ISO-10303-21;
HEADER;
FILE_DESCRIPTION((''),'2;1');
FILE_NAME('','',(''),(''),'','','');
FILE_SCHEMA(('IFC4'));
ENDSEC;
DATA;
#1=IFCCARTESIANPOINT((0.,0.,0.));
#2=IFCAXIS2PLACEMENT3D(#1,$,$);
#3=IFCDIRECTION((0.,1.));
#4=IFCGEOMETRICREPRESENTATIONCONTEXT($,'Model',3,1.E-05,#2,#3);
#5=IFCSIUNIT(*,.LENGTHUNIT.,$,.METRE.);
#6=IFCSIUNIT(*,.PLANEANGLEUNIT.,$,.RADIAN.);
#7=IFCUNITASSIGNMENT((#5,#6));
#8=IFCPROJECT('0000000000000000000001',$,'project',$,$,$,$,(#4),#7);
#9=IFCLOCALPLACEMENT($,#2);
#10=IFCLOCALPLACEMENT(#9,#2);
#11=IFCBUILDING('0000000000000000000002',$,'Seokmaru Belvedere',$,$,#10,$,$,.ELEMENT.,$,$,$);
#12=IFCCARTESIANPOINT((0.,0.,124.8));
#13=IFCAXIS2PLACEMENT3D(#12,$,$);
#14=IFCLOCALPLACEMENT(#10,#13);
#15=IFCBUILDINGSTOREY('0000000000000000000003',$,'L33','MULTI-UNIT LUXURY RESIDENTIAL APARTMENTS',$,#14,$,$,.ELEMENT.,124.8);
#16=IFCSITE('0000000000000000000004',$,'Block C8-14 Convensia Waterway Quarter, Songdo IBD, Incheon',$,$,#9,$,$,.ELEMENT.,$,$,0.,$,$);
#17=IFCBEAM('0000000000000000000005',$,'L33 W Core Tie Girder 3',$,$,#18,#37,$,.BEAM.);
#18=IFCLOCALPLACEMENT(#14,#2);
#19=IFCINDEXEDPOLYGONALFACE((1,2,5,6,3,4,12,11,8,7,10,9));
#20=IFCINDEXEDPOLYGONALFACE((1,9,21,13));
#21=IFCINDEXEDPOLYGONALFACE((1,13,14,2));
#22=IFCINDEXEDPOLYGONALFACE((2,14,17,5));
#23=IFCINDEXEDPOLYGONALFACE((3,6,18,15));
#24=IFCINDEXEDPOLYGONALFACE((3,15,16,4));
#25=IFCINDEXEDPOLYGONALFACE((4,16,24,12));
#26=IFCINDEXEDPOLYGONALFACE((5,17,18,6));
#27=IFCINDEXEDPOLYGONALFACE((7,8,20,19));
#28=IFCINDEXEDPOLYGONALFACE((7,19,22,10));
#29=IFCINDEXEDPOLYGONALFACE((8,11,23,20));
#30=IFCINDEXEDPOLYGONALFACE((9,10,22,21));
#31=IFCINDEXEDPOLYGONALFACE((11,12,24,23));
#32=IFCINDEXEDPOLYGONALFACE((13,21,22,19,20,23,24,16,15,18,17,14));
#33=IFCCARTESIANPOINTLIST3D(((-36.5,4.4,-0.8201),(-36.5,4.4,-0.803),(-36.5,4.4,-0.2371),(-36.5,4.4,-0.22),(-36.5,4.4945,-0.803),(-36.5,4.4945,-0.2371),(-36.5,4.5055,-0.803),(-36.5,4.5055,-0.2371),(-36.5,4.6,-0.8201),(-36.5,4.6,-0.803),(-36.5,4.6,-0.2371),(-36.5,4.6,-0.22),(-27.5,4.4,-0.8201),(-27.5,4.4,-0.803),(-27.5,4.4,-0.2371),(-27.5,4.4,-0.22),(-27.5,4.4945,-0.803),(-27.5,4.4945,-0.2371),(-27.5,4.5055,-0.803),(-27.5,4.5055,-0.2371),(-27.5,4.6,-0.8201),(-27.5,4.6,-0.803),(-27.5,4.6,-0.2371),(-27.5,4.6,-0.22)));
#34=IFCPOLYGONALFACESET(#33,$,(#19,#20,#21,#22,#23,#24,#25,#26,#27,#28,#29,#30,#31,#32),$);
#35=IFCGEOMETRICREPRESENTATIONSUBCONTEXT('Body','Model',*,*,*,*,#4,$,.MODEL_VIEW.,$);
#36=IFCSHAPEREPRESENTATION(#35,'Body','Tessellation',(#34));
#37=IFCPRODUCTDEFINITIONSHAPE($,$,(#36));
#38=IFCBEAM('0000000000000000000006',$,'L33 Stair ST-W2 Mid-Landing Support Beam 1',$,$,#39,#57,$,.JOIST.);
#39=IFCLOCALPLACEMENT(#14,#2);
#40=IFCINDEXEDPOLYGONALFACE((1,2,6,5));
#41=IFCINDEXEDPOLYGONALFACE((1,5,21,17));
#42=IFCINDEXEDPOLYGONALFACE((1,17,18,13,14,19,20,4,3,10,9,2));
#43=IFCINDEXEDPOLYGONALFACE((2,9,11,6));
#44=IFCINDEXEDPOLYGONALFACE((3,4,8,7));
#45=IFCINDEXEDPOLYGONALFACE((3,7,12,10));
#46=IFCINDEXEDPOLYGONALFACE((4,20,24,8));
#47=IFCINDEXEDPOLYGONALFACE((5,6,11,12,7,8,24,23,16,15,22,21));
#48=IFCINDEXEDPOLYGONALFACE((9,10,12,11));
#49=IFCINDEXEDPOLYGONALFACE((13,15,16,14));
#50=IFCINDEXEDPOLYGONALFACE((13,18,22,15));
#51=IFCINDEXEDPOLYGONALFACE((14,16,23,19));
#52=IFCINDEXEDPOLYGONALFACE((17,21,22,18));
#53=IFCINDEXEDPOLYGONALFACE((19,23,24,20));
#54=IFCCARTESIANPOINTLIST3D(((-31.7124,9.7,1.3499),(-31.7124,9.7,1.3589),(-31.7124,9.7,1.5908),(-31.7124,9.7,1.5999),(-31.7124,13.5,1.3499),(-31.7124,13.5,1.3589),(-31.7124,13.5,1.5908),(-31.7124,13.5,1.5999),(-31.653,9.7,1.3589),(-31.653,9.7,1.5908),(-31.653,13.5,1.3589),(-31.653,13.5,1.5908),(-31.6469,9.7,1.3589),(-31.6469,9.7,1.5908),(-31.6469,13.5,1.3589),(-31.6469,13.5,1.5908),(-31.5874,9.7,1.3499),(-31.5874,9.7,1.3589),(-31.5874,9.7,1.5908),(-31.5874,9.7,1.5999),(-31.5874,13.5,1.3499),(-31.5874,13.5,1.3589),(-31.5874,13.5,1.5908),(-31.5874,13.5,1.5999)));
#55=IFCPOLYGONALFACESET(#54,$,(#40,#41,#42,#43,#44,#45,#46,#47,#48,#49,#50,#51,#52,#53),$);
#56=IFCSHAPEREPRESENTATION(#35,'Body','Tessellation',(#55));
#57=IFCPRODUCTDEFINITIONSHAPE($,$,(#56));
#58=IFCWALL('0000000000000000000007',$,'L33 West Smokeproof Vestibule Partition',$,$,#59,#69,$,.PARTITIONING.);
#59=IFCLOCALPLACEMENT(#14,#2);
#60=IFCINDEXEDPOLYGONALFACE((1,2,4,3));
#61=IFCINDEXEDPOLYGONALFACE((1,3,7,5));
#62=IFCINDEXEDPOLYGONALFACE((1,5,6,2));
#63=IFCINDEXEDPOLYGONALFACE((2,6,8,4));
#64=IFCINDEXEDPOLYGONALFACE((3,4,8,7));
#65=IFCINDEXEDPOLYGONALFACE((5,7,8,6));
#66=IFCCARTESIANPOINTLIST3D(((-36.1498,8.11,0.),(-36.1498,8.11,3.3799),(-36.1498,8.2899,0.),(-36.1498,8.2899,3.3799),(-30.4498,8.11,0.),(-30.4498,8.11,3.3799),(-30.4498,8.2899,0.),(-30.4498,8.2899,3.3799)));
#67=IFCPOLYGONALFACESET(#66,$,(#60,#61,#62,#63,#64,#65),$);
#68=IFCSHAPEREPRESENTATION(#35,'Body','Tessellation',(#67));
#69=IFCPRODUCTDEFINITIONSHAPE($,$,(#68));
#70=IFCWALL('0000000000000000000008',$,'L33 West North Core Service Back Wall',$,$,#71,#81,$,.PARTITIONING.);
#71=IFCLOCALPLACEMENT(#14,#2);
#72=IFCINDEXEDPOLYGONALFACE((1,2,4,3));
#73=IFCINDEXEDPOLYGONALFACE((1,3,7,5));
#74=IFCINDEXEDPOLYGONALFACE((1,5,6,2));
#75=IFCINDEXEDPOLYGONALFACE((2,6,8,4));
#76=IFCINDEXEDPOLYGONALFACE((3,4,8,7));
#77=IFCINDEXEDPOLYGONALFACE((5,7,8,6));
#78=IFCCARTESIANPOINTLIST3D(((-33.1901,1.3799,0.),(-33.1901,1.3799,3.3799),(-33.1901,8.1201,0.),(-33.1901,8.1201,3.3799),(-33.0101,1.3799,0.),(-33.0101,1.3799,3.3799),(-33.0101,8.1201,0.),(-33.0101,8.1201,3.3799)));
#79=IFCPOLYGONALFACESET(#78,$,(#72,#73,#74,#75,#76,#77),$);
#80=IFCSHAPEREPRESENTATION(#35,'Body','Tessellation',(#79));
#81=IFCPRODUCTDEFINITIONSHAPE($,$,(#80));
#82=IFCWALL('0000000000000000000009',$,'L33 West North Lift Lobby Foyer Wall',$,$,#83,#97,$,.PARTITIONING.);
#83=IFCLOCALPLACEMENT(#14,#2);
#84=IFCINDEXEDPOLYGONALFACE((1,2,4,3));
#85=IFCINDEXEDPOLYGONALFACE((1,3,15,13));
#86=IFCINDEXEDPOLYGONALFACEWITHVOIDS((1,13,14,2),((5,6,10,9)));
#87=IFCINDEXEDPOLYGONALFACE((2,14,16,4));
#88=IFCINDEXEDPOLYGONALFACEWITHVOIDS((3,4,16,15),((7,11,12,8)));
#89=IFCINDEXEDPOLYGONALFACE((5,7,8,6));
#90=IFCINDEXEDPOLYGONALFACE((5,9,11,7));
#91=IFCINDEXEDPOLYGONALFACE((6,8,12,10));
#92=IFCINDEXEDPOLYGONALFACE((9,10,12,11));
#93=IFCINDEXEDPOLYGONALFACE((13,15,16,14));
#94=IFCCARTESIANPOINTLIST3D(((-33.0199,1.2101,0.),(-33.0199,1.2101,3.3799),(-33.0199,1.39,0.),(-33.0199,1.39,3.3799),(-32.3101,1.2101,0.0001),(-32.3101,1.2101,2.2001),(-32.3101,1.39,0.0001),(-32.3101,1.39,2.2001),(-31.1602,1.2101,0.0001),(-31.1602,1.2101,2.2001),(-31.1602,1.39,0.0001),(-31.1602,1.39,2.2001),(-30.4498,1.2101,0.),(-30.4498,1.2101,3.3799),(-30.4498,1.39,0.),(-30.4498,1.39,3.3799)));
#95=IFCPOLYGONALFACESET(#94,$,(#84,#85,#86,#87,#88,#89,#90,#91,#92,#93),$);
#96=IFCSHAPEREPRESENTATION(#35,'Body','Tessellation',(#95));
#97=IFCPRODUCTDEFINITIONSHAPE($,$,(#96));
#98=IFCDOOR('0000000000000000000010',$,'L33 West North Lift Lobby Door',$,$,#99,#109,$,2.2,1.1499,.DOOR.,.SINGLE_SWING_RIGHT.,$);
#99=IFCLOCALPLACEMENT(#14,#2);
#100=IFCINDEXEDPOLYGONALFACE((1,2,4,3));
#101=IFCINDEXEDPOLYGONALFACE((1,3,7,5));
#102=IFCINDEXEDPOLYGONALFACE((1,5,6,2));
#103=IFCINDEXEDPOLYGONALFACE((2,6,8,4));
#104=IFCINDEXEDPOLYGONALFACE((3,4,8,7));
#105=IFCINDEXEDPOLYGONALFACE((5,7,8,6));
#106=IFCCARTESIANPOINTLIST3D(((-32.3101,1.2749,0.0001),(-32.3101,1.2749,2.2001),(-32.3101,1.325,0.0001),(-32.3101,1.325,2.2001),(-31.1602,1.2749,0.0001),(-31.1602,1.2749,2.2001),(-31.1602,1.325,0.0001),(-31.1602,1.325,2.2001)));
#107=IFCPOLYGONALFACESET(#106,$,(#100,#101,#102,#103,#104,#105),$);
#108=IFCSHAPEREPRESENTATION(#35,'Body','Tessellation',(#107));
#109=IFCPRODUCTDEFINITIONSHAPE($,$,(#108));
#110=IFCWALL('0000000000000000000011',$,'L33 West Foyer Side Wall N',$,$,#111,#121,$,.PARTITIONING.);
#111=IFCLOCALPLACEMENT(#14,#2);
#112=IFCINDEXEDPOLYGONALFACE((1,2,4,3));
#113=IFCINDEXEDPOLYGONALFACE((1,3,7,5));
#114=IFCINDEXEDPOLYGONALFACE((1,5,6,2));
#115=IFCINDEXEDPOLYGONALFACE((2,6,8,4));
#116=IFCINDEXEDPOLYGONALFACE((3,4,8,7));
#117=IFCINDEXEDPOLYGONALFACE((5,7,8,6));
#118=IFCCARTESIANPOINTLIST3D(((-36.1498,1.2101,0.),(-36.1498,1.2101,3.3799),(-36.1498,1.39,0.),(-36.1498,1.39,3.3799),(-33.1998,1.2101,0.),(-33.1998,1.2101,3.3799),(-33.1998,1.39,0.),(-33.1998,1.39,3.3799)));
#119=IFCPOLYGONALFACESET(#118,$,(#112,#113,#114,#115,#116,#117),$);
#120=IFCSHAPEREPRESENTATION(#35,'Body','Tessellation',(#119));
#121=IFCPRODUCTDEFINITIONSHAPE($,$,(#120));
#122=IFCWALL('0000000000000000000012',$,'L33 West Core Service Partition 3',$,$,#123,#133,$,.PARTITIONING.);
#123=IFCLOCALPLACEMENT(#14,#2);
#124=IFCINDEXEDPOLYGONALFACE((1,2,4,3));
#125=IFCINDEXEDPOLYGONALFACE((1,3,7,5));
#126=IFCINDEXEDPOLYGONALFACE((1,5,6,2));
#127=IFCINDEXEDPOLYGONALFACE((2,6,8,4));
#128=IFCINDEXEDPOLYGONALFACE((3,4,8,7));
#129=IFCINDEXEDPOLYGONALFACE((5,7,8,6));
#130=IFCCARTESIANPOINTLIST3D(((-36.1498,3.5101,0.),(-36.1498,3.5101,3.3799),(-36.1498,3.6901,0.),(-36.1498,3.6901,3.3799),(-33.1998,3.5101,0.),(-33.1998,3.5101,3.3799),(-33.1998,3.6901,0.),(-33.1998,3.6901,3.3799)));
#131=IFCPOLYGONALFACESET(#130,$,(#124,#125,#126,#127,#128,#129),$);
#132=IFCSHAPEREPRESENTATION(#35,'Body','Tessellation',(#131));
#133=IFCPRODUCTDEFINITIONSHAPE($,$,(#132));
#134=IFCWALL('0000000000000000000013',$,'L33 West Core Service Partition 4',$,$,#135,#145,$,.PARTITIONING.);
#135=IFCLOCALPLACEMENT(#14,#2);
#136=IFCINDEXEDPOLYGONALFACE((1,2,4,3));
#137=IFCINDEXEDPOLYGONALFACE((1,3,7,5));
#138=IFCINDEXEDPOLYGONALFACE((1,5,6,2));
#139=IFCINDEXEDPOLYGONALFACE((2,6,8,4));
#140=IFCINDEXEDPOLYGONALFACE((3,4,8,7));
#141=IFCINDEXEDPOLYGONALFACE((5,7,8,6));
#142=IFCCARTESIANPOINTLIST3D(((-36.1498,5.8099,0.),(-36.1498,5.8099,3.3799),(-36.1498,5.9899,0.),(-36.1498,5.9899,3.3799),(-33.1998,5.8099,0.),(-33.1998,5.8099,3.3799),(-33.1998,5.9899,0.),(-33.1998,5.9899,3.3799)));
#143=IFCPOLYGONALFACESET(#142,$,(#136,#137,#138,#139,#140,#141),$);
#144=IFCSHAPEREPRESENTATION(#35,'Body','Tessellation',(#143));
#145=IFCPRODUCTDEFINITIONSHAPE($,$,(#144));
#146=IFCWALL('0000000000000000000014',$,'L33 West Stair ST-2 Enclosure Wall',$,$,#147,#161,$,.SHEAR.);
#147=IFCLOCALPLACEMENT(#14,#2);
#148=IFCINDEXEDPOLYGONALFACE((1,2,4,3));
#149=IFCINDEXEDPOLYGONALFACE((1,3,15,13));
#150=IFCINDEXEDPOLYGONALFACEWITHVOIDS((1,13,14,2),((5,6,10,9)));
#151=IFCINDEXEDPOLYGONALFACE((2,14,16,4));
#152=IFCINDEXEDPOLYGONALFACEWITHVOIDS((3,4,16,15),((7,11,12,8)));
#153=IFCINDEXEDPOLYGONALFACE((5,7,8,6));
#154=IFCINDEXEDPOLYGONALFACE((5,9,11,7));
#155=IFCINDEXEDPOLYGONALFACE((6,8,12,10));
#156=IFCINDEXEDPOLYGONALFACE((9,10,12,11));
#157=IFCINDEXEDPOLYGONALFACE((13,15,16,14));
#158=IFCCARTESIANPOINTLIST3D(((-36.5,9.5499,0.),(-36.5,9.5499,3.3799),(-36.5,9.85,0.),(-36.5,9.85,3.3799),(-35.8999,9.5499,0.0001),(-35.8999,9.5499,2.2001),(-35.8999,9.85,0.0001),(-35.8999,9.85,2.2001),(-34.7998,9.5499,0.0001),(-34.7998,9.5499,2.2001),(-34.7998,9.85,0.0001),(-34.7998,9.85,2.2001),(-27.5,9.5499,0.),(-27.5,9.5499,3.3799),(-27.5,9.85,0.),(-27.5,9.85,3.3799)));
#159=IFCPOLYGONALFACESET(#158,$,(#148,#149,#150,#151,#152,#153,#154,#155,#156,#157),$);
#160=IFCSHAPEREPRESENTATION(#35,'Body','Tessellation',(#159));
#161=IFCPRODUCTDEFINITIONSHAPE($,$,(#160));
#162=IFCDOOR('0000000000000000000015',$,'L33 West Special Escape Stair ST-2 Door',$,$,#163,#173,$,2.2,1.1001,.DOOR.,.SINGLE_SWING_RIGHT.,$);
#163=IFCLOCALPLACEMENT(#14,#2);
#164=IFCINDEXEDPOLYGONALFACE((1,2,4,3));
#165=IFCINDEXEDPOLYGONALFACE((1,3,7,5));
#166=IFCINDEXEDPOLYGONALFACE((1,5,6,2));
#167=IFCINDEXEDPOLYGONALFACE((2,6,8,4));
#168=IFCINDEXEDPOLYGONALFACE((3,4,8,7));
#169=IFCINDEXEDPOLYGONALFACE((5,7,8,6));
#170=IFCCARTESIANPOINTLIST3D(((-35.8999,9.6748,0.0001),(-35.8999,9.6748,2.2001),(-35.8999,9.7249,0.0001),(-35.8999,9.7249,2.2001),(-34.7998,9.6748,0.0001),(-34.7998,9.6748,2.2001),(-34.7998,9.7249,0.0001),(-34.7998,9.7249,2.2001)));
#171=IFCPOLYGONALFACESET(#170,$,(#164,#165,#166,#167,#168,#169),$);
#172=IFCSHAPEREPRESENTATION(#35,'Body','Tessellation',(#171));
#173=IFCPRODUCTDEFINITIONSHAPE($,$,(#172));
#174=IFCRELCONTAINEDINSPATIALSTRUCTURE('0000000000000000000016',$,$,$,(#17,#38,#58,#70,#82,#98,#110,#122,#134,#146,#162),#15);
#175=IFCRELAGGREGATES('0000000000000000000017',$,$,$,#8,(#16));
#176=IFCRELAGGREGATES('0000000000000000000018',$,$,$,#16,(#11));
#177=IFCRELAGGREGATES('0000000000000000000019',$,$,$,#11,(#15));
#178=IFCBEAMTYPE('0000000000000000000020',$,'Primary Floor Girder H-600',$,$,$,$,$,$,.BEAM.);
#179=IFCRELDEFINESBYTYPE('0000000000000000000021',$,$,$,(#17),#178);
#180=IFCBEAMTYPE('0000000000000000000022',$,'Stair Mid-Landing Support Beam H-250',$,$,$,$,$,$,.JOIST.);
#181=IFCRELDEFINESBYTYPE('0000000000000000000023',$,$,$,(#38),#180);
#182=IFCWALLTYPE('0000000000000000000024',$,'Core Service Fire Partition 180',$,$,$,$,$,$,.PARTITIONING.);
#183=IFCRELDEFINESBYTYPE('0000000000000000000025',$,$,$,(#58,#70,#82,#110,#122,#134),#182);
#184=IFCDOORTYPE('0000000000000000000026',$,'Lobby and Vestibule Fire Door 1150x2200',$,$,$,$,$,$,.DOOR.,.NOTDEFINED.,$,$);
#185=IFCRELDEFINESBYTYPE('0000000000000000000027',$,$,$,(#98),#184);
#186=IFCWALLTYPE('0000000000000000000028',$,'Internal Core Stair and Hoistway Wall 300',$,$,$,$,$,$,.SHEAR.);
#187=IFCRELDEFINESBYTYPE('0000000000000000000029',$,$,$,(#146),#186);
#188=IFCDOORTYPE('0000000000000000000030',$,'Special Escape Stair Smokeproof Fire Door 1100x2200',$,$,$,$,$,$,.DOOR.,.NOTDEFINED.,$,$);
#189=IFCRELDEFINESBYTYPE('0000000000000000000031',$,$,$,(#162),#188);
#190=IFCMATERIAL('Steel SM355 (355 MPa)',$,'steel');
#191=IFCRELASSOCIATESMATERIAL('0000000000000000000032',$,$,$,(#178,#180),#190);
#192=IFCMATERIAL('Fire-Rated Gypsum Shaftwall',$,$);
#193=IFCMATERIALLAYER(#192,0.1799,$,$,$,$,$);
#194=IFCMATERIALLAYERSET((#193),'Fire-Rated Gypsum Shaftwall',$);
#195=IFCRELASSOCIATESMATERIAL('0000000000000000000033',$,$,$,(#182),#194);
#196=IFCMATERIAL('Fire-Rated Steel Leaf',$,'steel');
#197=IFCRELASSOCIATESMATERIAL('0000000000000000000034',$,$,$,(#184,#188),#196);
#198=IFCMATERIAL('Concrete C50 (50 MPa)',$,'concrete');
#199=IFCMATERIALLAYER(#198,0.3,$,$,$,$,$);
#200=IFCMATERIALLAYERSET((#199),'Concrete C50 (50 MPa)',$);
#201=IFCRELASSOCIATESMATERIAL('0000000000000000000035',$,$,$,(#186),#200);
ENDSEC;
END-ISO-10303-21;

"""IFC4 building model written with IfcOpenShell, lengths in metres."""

from ifc_helpers import new_model, si_unit, direction, frame, frame_2d, origin, origin_2d, place, context, subcontext, project, spatial, rectangle, i_section, extrude, source, transform, mapped, material, layer, layer_set, material_profile, profile_set, type_object, type_shapes, element, fill, save


model = new_model("IFC4")

# Units and contexts
model_context = context("Model", 3, precision=1e-05, world=origin(), true_north=direction((0.0, 1.0)))
body_context = subcontext(model_context, "Body", "Model", "MODEL_VIEW")
ifc_project = project(units=[si_unit("LENGTHUNIT", "METRE"), si_unit("PLANEANGLEUNIT", "RADIAN")], contexts=[model_context])

# Site, building, storey
site_placement = place(None, origin())
site = spatial("IfcSite", under=ifc_project, at=site_placement, Name="Block C8-14 Convensia Waterway Quarter, Songdo IBD, Incheon", CompositionType="ELEMENT", RefElevation=0.0)
building_placement = place(site_placement, origin())
building = spatial("IfcBuilding", under=site, at=building_placement, Name="Seokmaru Belvedere", CompositionType="ELEMENT")
storey_placement = place(building_placement, frame((0.0, 0.0, 124.8)))
storey = spatial("IfcBuildingStorey", under=building, at=storey_placement, Name="L33", Description="MULTI-UNIT LUXURY RESIDENTIAL APARTMENTS", CompositionType="ELEMENT", Elevation=124.8)

# Beams
ifc_material_1 = material(Name="Steel SM355 (355 MPa)", Category="steel")
ifc_material_profile_1 = material_profile(ifc_material_1, i_section(OverallWidth=0.2, OverallDepth=0.6001, WebThickness=0.011, FlangeThickness=0.0171, at=origin_2d()), Name="H-600x200x11x17")
ifc_profile_set_1 = profile_set([ifc_material_profile_1], Name="Steel SM355 (355 MPa)")
beam_type_1 = type_object("IfcBeamType", Name="Primary Floor Girder H-600", PredefinedType="BEAM", material=ifc_profile_set_1)
shared_shape_1 = source(origin(), body_context, "Body", "SweptSolid", [
    extrude(i_section(OverallWidth=0.2, OverallDepth=0.6001, WebThickness=0.011, FlangeThickness=0.0171, at=origin_2d()), origin(), (0.0, 0.0, 1.0), 9.0),
])
type_shapes(beam_type_1, [shared_shape_1])
beam_1_placement = place(storey_placement, frame((-36.5, 4.5, -0.52), z_axis=(1.0, 0.0, 0.0), x_axis=(0.0, 1.0, 0.0)))
element("IfcBeam", 1, at=beam_1_placement, inside=storey, type_object=beam_type_1, Name="L33 W Core Tie Girder 3", PredefinedType="BEAM", context=body_context, shape_type="MappedRepresentation", body=[
    mapped(shared_shape_1, transform((0.0, 0.0, 0.0), scale=1.0)),
])
ifc_material_profile_2 = material_profile(ifc_material_1, i_section(OverallWidth=0.125, OverallDepth=0.25, WebThickness=0.0061, FlangeThickness=0.009, at=origin_2d()), Name="H-250x125x6x9")
ifc_profile_set_2 = profile_set([ifc_material_profile_2], Name="Steel SM355 (355 MPa)")
beam_type_2 = type_object("IfcBeamType", Name="Stair Mid-Landing Support Beam H-250", PredefinedType="JOIST", material=ifc_profile_set_2)
shared_shape_2 = source(origin(), body_context, "Body", "SweptSolid", [
    extrude(i_section(OverallWidth=0.125, OverallDepth=0.25, WebThickness=0.0061, FlangeThickness=0.009, at=origin_2d()), origin(), (0.0, 0.0, 1.0), 3.8),
])
type_shapes(beam_type_2, [shared_shape_2])
beam_2_placement = place(storey_placement, frame((-31.6499, 9.7, 1.4749), z_axis=(0.0, 1.0, 0.0), x_axis=(-1.0, 0.0, 0.0)))
element("IfcBeam", 2, at=beam_2_placement, inside=storey, type_object=beam_type_2, Name="L33 Stair ST-W2 Mid-Landing Support Beam 1", PredefinedType="JOIST", context=body_context, shape_type="MappedRepresentation", body=[
    mapped(shared_shape_2, transform((0.0, 0.0, 0.0), scale=1.0)),
])

# Walls
ifc_material_2 = material(Name="Fire-Rated Gypsum Shaftwall")
ifc_layer_1 = layer(ifc_material_2, 0.1799)
ifc_layer_set_1 = layer_set([ifc_layer_1], Name="Fire-Rated Gypsum Shaftwall")
wall_type_1 = type_object("IfcWallType", Name="Core Service Fire Partition 180", PredefinedType="PARTITIONING", material=ifc_layer_set_1)
wall_1_placement = place(storey_placement, frame((-36.1499, 8.2, 0.0), z_axis=(0.0, 0.0, 1.0), x_axis=(1.0, 0.0, 0.0)))
element("IfcWall", 3, at=wall_1_placement, inside=storey, type_object=wall_type_1, Name="L33 West Smokeproof Vestibule Partition", PredefinedType="PARTITIONING", context=body_context, shape_type="SweptSolid", body=[
    extrude(rectangle(XDim=5.7, YDim=0.1799, at=frame_2d((2.8501, 0.0))), origin(), (0.0, 0.0, 1.0), 3.3799),
])
wall_2_placement = place(storey_placement, frame((-33.1001, 1.3799, 0.0), z_axis=(0.0, 0.0, 1.0), x_axis=(0.0, 1.0, 0.0)))
element("IfcWall", 4, at=wall_2_placement, inside=storey, type_object=wall_type_1, Name="L33 West North Core Service Back Wall", PredefinedType="PARTITIONING", context=body_context, shape_type="SweptSolid", body=[
    extrude(rectangle(XDim=6.7402, YDim=0.1799, at=frame_2d((3.3701, 0.0))), origin(), (0.0, 0.0, 1.0), 3.3799),
])

# Wall, opening, door
wall_3_placement = place(storey_placement, frame((-33.02, 1.3, 0.0), z_axis=(0.0, 0.0, 1.0), x_axis=(1.0, 0.0, 0.0)))
wall_3 = element("IfcWall", 5, at=wall_3_placement, inside=storey, type_object=wall_type_1, Name="L33 West North Lift Lobby Foyer Wall", PredefinedType="PARTITIONING", context=body_context, shape_type="SweptSolid", body=[
    extrude(rectangle(XDim=2.5701, YDim=0.1799, at=frame_2d((1.2852, 0.0))), origin(), (0.0, 0.0, 1.0), 3.3799),
])
opening_1_placement = place(wall_3_placement, frame((0.71, 0.0, 0.0)))
opening_1 = element("IfcOpeningElement", 6, at=opening_1_placement, cuts=wall_3, PredefinedType="OPENING", context=body_context, shape_type="SweptSolid", body=[
    extrude(rectangle(XDim=1.1499, YDim=2.2, at=frame_2d((0.575, 1.1001))), frame((0.0, 0.1001, 0.0), z_axis=(0.0, -1.0, 0.0), x_axis=(1.0, 0.0, 0.0)), (0.0, 0.0, 1.0), 0.2),
])
ifc_material_3 = material(Name="Fire-Rated Steel Leaf", Category="steel")
door_type_1 = type_object("IfcDoorType", Name="Lobby and Vestibule Fire Door 1150x2200", OperationType="NOTDEFINED", PredefinedType="DOOR", material=ifc_material_3)
shared_shape_3 = source(origin(), body_context, "Body", "SweptSolid", [
    extrude(rectangle(XDim=1.1499, YDim=2.2, at=frame_2d((0.575, 1.1001))), frame((0.0, 0.0249, 0.0), z_axis=(0.0, -1.0, 0.0), x_axis=(1.0, 0.0, 0.0)), (0.0, 0.0, 1.0), 0.05),
])
type_shapes(door_type_1, [shared_shape_3])
door_1_placement = place(opening_1_placement, origin())
door_1 = element("IfcDoor", 7, at=door_1_placement, inside=storey, type_object=door_type_1, Name="L33 West North Lift Lobby Door", OperationType="SINGLE_SWING_RIGHT", OverallHeight=2.2, OverallWidth=1.1499, PredefinedType="DOOR", context=body_context, shape_type="MappedRepresentation", body=[
    mapped(shared_shape_3, transform((0.0, 0.0, 0.0), scale=1.0)),
])
fill(opening_1, door_1)

# Walls
for number, where, z_axis, x_axis, name in (
    (8, (-36.1499, 1.3, 0.0), (0.0, 0.0, 1.0), (1.0, 0.0, 0.0), "L33 West Foyer Side Wall N"),
    (9, (-36.1499, 3.6001, 0.0), (0.0, 0.0, 1.0), (1.0, 0.0, 0.0), "L33 West Core Service Partition 3"),
    (10, (-36.1499, 5.8999, 0.0), (0.0, 0.0, 1.0), (1.0, 0.0, 0.0), "L33 West Core Service Partition 4"),
):
    element("IfcWall", number, at=place(storey_placement, frame(where, z_axis=z_axis, x_axis=x_axis)), inside=storey, type_object=wall_type_1, Name=name, PredefinedType="PARTITIONING", context=body_context, shape_type="SweptSolid", body=[
        extrude(rectangle(XDim=2.95, YDim=0.1799, at=frame_2d((1.4751, 0.0))), origin(), (0.0, 0.0, 1.0), 3.3799),
    ])

# Wall, opening, door
ifc_material_4 = material(Name="Concrete C50 (50 MPa)", Category="concrete")
ifc_layer_2 = layer(ifc_material_4, 0.3)
ifc_layer_set_2 = layer_set([ifc_layer_2], Name="Concrete C50 (50 MPa)")
wall_type_2 = type_object("IfcWallType", Name="Internal Core Stair and Hoistway Wall 300", PredefinedType="SHEAR", material=ifc_layer_set_2)
wall_4_placement = place(storey_placement, frame((-36.5, 9.7, 0.0), z_axis=(0.0, 0.0, 1.0), x_axis=(1.0, 0.0, 0.0)))
wall_4 = element("IfcWall", 11, at=wall_4_placement, inside=storey, type_object=wall_type_2, Name="L33 West Stair ST-2 Enclosure Wall", PredefinedType="SHEAR", context=body_context, shape_type="SweptSolid", body=[
    extrude(rectangle(XDim=9.0, YDim=0.3, at=frame_2d((4.5, 0.0))), origin(), (0.0, 0.0, 1.0), 3.3799),
])
opening_2_placement = place(wall_4_placement, frame((0.6001, 0.0, 0.0)))
opening_2 = element("IfcOpeningElement", 12, at=opening_2_placement, cuts=wall_4, PredefinedType="OPENING", context=body_context, shape_type="SweptSolid", body=[
    extrude(rectangle(XDim=1.1001, YDim=2.2, at=frame_2d((0.55, 1.1001))), frame((0.0, 0.1602, 0.0), z_axis=(0.0, -1.0, 0.0), x_axis=(1.0, 0.0, 0.0)), (0.0, 0.0, 1.0), 0.3201),
])
door_type_2 = type_object("IfcDoorType", Name="Special Escape Stair Smokeproof Fire Door 1100x2200", OperationType="NOTDEFINED", PredefinedType="DOOR", material=ifc_material_3)
shared_shape_4 = source(origin(), body_context, "Body", "SweptSolid", [
    extrude(rectangle(XDim=1.1001, YDim=2.2, at=frame_2d((0.55, 1.1001))), frame((0.0, 0.0249, 0.0), z_axis=(0.0, -1.0, 0.0), x_axis=(1.0, 0.0, 0.0)), (0.0, 0.0, 1.0), 0.05),
])
type_shapes(door_type_2, [shared_shape_4])
door_2_placement = place(opening_2_placement, origin())
door_2 = element("IfcDoor", 13, at=door_2_placement, inside=storey, type_object=door_type_2, Name="L33 West Special Escape Stair ST-2 Door", OperationType="SINGLE_SWING_RIGHT", OverallHeight=2.2, OverallWidth=1.1001, PredefinedType="DOOR", context=body_context, shape_type="MappedRepresentation", body=[
    mapped(shared_shape_4, transform((0.0, 0.0, 0.0), scale=1.0)),
])
fill(opening_2, door_2)

save(model, "model.ifc")
